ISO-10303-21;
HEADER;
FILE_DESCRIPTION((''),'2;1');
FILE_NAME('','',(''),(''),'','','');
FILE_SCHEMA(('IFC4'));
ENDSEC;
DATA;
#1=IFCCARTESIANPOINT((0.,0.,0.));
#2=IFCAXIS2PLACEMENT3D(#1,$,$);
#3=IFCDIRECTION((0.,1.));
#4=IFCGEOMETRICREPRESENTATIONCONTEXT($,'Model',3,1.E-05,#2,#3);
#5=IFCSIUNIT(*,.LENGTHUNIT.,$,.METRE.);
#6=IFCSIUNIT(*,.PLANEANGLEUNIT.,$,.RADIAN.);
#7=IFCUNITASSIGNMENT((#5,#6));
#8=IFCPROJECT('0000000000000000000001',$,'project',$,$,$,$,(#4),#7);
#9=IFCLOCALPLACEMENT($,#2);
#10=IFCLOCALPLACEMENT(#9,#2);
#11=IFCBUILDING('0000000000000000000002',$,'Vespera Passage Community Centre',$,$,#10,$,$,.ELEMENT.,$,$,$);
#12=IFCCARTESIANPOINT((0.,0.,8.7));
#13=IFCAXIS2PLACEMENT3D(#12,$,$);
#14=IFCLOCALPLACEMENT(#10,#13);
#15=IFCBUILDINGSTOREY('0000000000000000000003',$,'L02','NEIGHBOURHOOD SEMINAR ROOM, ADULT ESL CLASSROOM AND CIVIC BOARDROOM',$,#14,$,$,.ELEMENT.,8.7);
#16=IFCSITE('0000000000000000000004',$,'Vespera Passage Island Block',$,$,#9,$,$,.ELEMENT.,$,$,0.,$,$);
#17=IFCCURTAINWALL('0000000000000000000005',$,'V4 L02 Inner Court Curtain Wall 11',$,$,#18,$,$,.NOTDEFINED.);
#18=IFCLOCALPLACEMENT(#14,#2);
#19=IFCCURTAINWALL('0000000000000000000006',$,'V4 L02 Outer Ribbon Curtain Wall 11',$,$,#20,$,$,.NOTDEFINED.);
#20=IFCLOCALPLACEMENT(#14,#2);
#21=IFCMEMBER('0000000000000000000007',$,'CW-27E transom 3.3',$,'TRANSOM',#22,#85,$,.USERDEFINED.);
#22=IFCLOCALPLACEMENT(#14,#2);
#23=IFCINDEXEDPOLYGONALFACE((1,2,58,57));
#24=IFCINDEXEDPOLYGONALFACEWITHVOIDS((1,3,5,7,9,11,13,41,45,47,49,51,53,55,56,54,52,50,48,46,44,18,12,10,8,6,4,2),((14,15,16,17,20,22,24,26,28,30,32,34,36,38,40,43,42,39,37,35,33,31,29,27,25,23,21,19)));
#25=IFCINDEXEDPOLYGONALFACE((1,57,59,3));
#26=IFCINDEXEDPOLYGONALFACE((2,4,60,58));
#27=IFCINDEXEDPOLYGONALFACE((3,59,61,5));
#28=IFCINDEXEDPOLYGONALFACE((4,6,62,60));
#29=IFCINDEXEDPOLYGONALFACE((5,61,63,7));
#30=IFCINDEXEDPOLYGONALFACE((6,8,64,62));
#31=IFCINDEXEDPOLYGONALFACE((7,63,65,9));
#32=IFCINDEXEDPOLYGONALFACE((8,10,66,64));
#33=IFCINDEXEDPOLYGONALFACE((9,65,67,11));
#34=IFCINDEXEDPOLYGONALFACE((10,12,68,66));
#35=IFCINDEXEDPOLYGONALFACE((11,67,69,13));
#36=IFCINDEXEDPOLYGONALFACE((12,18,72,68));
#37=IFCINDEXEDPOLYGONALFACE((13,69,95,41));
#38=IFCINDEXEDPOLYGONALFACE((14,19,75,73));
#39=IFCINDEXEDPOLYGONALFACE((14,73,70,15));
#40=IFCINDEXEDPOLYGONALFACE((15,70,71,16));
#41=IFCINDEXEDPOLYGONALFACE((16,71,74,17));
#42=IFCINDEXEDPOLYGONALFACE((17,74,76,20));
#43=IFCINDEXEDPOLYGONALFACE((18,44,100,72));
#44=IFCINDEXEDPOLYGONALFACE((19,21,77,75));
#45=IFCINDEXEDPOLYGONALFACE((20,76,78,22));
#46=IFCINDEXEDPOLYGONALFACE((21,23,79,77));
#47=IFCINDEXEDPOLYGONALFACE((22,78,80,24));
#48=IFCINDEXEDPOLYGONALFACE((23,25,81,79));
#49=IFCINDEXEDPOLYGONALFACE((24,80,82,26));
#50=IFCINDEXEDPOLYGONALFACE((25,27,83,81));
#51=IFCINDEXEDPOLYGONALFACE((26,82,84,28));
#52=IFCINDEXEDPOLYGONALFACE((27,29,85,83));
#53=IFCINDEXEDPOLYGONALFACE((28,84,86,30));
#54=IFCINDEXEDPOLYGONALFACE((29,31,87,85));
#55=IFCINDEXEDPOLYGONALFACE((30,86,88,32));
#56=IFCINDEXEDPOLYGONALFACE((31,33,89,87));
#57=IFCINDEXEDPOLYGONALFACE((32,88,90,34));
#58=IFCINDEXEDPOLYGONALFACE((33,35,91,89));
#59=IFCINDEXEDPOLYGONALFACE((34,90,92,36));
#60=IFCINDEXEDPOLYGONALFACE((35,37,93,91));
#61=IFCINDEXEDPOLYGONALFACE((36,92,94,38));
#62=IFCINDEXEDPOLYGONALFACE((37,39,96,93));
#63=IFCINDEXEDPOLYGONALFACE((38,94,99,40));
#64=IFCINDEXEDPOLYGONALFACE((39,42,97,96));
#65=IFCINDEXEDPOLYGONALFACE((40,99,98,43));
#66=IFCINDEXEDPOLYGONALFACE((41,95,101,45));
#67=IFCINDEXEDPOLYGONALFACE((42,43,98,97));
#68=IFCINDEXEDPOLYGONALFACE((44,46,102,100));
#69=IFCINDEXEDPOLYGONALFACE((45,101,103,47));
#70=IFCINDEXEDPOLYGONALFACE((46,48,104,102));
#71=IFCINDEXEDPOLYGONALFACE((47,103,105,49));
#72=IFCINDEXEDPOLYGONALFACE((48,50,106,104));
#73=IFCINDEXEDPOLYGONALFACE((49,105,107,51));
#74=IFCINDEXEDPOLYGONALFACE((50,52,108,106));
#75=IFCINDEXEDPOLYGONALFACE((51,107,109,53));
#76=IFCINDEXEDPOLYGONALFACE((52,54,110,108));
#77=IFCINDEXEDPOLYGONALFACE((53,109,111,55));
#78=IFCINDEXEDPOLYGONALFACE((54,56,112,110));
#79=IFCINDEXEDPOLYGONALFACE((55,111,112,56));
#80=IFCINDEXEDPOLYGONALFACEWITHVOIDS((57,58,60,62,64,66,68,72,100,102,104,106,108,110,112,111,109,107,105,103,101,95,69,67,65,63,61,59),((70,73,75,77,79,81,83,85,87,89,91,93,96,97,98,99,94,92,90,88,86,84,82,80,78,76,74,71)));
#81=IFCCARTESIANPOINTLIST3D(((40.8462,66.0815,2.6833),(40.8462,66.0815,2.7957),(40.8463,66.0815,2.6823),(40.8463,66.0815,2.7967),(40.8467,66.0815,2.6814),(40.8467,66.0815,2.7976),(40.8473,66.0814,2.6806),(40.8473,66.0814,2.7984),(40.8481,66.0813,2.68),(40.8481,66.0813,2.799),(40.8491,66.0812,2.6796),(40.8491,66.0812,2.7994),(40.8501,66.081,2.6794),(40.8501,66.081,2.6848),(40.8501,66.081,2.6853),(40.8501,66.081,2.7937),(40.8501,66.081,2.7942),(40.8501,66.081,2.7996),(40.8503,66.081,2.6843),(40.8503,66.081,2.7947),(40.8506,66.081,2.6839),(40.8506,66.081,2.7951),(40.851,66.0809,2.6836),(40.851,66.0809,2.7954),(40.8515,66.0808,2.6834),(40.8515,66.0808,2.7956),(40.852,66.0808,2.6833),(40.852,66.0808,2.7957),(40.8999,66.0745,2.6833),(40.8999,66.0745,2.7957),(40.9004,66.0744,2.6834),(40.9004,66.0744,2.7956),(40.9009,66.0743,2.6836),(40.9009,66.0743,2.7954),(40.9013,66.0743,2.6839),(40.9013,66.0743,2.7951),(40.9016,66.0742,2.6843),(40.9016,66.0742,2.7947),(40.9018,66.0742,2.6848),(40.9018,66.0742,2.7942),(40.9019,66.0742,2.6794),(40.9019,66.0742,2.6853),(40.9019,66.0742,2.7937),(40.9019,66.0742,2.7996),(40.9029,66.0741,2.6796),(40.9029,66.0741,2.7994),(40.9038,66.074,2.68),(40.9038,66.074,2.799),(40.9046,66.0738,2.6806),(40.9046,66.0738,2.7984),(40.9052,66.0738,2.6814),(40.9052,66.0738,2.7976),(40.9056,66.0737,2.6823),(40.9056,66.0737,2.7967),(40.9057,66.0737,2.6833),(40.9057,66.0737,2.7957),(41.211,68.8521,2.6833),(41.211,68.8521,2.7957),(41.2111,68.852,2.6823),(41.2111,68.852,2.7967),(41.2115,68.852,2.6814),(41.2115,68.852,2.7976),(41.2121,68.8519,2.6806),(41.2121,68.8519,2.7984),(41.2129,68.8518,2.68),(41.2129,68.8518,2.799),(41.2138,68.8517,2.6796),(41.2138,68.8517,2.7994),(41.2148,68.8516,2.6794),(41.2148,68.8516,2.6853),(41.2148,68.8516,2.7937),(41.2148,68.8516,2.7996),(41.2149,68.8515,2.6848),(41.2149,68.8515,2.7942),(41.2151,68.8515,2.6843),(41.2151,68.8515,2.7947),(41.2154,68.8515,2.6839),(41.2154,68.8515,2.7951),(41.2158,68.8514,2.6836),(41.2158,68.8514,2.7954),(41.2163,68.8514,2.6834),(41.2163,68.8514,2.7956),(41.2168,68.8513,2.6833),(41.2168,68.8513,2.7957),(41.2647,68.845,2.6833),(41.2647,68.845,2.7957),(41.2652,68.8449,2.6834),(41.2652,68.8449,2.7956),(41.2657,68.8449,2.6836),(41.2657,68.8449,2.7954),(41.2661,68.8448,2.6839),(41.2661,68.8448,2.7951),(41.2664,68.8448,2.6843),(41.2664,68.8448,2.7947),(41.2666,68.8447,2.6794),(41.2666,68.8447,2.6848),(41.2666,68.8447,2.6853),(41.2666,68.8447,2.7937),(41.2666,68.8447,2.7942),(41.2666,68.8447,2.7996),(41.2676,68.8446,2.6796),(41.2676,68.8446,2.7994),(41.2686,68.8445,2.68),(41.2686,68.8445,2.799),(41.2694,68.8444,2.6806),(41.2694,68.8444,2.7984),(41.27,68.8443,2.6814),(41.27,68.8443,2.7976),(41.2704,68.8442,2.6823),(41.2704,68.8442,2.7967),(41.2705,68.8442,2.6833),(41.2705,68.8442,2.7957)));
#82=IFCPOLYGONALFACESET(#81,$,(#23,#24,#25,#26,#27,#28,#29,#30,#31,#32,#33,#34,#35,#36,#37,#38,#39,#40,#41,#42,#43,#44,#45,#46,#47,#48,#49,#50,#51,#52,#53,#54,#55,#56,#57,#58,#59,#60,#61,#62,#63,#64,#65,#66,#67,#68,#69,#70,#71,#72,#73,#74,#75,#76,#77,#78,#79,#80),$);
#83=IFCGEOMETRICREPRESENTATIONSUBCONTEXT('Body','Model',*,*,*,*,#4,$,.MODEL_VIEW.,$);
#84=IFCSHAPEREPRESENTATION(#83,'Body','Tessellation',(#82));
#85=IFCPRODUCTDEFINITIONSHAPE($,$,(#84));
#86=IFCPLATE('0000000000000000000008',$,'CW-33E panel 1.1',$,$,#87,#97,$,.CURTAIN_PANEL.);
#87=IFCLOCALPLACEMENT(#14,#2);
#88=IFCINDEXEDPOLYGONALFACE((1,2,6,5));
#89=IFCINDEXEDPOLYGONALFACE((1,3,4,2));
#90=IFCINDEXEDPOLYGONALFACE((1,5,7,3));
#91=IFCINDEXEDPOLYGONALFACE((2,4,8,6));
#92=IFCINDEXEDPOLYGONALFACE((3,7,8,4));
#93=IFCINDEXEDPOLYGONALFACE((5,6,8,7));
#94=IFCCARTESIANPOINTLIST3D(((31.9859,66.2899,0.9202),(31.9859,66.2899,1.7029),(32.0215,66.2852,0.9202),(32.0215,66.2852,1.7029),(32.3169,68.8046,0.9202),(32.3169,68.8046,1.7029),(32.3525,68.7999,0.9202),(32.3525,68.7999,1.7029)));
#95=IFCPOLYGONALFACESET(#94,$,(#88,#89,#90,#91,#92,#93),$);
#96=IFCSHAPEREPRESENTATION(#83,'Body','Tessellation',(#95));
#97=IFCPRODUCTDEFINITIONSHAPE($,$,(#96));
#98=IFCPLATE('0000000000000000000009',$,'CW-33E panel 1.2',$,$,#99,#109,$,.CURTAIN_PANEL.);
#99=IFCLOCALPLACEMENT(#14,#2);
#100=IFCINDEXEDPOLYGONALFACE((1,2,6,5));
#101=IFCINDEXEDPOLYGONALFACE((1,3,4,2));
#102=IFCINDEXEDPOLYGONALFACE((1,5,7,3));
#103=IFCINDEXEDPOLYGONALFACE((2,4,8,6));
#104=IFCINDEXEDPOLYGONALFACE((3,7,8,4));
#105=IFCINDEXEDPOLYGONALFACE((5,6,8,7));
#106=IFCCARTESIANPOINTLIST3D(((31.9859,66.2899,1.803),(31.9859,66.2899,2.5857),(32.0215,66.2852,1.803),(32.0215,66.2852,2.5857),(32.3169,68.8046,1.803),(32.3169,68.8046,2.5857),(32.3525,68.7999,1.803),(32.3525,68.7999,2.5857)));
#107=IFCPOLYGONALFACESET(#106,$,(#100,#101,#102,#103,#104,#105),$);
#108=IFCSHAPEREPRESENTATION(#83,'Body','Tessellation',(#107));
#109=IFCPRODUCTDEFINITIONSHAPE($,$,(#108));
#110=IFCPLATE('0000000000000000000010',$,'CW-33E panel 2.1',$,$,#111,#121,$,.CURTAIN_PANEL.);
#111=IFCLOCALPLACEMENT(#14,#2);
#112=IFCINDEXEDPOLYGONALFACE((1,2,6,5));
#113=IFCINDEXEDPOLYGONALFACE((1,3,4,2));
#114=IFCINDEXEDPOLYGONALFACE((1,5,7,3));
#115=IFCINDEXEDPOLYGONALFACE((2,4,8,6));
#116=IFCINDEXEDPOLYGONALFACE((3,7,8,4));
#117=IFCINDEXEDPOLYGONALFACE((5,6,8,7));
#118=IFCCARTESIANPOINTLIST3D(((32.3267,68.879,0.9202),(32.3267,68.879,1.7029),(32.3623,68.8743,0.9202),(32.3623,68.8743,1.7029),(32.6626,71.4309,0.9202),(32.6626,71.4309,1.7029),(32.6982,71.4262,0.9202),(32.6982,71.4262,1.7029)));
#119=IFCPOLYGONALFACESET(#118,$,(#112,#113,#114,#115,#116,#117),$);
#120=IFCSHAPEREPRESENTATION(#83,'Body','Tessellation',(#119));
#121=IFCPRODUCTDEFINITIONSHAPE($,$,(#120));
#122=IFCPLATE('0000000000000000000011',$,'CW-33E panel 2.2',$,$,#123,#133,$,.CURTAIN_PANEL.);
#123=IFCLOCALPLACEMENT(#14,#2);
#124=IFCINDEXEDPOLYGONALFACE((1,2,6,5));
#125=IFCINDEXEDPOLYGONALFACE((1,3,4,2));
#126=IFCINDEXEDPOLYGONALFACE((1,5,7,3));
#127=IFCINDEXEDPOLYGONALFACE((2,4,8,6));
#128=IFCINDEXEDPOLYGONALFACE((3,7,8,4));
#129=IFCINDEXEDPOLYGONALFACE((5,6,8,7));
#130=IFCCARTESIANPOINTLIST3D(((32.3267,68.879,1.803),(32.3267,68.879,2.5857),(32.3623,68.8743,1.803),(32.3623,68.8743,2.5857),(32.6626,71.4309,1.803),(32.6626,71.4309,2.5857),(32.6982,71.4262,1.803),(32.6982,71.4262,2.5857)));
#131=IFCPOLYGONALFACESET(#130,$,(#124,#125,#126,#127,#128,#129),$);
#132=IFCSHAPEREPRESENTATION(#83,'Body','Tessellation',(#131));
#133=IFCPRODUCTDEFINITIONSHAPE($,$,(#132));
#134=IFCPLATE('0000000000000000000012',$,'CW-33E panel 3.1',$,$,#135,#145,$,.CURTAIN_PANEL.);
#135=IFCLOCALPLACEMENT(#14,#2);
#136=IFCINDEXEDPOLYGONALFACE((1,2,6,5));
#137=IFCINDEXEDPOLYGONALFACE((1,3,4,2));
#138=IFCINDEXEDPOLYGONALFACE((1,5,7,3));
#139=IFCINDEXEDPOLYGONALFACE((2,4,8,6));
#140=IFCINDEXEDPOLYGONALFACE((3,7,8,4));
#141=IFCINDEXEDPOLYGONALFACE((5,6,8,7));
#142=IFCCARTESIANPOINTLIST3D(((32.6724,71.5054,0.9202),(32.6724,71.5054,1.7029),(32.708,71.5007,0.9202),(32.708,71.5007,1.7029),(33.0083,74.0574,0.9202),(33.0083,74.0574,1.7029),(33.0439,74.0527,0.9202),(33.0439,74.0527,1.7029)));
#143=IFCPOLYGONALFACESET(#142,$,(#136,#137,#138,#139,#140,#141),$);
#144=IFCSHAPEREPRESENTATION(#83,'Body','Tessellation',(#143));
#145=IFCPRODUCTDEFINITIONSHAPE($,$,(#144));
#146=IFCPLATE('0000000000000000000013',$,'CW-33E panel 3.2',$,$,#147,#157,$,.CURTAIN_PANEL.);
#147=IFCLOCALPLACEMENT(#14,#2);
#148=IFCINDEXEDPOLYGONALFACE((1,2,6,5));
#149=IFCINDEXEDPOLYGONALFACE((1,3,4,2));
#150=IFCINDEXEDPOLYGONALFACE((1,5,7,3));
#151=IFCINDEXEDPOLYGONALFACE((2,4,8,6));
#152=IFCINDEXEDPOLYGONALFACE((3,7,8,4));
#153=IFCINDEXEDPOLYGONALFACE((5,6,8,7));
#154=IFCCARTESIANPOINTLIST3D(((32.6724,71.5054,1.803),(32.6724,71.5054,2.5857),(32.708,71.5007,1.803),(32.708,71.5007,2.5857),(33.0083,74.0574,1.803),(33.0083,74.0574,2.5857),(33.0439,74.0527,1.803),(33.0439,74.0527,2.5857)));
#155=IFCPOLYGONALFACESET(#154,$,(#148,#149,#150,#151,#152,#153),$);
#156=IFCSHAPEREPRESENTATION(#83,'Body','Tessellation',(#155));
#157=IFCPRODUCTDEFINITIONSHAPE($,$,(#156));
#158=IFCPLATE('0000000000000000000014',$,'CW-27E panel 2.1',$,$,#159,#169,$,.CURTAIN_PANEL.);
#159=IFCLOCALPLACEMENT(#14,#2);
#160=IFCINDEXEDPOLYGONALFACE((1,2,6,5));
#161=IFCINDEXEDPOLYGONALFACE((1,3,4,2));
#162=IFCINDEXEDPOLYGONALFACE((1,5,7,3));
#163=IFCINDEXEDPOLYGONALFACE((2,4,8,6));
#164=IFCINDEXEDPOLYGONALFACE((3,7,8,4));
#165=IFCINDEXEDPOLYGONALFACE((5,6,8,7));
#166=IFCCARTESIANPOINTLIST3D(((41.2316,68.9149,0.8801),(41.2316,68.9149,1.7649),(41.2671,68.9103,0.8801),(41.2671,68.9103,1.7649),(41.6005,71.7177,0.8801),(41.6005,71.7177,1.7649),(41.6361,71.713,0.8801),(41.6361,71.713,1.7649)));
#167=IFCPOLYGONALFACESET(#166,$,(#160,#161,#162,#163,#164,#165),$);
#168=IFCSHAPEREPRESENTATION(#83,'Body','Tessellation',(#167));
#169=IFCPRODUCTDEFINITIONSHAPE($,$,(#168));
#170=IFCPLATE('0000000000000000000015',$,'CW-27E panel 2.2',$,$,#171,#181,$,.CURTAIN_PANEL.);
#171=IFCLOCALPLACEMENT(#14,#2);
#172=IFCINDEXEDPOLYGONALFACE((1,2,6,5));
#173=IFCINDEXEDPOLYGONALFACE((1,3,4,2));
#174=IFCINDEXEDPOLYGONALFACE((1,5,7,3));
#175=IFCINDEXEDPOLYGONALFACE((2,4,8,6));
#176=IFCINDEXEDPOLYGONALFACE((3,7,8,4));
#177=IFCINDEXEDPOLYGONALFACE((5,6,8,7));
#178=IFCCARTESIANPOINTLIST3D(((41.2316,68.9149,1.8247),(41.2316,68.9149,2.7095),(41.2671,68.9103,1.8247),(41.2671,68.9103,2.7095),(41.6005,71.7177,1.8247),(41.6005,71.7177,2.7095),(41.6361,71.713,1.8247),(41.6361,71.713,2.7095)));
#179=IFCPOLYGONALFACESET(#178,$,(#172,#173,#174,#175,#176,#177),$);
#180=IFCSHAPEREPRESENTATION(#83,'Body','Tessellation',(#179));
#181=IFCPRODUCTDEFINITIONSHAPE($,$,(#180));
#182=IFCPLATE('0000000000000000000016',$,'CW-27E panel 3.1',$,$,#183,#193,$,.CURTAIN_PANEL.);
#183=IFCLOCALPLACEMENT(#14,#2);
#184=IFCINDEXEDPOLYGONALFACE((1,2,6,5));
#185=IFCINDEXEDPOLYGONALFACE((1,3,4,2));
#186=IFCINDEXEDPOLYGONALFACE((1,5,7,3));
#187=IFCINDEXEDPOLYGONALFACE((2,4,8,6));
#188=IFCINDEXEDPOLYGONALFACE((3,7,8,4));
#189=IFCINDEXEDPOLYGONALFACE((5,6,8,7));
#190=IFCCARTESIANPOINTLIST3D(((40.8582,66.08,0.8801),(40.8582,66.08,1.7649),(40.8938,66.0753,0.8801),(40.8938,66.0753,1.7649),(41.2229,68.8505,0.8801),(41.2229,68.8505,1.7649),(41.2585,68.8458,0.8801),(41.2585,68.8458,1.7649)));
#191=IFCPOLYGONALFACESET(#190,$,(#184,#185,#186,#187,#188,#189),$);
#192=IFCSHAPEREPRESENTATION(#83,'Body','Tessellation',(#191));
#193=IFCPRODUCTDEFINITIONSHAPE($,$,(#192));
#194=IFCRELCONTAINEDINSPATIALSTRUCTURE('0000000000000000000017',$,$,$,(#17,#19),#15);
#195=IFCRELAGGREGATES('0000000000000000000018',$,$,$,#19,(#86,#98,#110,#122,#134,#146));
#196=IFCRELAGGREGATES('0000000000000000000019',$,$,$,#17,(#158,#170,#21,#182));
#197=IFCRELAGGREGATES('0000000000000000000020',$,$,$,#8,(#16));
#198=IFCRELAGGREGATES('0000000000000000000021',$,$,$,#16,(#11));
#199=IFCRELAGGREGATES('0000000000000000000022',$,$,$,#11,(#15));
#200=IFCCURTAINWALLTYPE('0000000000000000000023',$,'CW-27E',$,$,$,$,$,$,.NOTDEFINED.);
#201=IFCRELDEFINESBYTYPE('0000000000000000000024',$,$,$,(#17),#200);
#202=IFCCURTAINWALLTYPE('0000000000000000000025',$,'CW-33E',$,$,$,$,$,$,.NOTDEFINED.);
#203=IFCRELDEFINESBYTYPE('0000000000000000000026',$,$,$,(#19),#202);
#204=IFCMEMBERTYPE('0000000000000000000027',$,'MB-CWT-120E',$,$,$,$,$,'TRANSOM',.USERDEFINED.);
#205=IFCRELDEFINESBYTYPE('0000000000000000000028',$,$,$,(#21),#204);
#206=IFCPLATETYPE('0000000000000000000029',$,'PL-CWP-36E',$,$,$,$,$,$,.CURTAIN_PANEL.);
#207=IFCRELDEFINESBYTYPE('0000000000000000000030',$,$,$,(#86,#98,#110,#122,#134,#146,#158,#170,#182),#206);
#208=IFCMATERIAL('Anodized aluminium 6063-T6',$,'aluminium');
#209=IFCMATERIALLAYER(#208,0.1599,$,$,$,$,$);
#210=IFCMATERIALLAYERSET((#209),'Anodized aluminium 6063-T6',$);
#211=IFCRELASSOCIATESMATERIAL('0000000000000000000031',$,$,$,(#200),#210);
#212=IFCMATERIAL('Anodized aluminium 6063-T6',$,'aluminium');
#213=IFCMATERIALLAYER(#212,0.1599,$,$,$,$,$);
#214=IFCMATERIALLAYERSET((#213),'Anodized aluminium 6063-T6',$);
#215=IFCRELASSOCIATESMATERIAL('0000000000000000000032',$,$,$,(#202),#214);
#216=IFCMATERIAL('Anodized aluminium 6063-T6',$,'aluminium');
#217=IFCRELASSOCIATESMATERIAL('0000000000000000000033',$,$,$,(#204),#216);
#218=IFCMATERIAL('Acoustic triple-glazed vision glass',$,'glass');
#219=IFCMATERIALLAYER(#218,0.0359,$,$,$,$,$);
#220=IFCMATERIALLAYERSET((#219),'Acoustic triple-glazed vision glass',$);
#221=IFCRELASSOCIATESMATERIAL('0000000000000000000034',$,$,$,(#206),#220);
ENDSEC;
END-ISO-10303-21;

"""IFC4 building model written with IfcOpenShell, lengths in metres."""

from ifc_helpers import new_model, si_unit, direction, frame, origin, origin_2d, place, context, subcontext, project, spatial, rectangle, hollow_rectangle, extrude, material, layer, layer_set, material_profile, profile_set, type_object, element, aggregate, save


model = new_model("IFC4")

# Units and contexts
model_context = context("Model", 3, precision=1e-05, world=origin(), true_north=direction((0.0, 1.0)))
body_context = subcontext(model_context, "Body", "Model", "MODEL_VIEW")
ifc_project = project(units=[si_unit("LENGTHUNIT", "METRE"), si_unit("PLANEANGLEUNIT", "RADIAN")], contexts=[model_context])

# Site, building, storey
site_placement = place(None, origin())
site = spatial("IfcSite", under=ifc_project, at=site_placement, Name="Vespera Passage Island Block", CompositionType="ELEMENT", RefElevation=0.0)
building_placement = place(site_placement, origin())
building = spatial("IfcBuilding", under=site, at=building_placement, Name="Vespera Passage Community Centre", CompositionType="ELEMENT")
storey_placement = place(building_placement, frame((0.0, 0.0, 8.7)))
storey = spatial("IfcBuildingStorey", under=building, at=storey_placement, Name="L02", Description="NEIGHBOURHOOD SEMINAR ROOM, ADULT ESL CLASSROOM AND CIVIC BOARDROOM", CompositionType="ELEMENT", Elevation=8.7)

# Curtain walls
ifc_material_1 = material(Name="Anodized aluminium 6063-T6", Category="aluminium")
ifc_layer_1 = layer(ifc_material_1, 0.1599)
ifc_layer_set_1 = layer_set([ifc_layer_1], Name="Anodized aluminium 6063-T6")
curtain_wall_type_1 = type_object("IfcCurtainWallType", Name="CW-27E", PredefinedType="NOTDEFINED", material=ifc_layer_set_1)
curtain_wall_1_placement = place(storey_placement, origin())
curtain_wall_1 = element("IfcCurtainWall", 1, at=curtain_wall_1_placement, inside=storey, type_object=curtain_wall_type_1, Name="V4 L02 Inner Court Curtain Wall 11", PredefinedType="NOTDEFINED")
ifc_material_2 = material(Name="Anodized aluminium 6063-T6", Category="aluminium")
ifc_layer_2 = layer(ifc_material_2, 0.1599)
ifc_layer_set_2 = layer_set([ifc_layer_2], Name="Anodized aluminium 6063-T6")
curtain_wall_type_2 = type_object("IfcCurtainWallType", Name="CW-33E", PredefinedType="NOTDEFINED", material=ifc_layer_set_2)
curtain_wall_2_placement = place(storey_placement, origin())
curtain_wall_2 = element("IfcCurtainWall", 2, at=curtain_wall_2_placement, inside=storey, type_object=curtain_wall_type_2, Name="V4 L02 Outer Ribbon Curtain Wall 11", PredefinedType="NOTDEFINED")

# Member
ifc_material_3 = material(Name="Anodized aluminium 6063-T6", Category="aluminium")
ifc_material_profile_1 = material_profile(ifc_material_3, hollow_rectangle(XDim=0.0601, YDim=0.1201, WallThickness=0.0039, InnerFilletRadius=0.002, OuterFilletRadius=0.0039, at=origin_2d()), Name="ALU120X60X4")
ifc_profile_set_1 = profile_set([ifc_material_profile_1], Name="Anodized aluminium 6063-T6")
member_type_1 = type_object("IfcMemberType", Name="MB-CWT-120E", ElementType="TRANSOM", PredefinedType="USERDEFINED", material=ifc_profile_set_1)
member_1_placement = place(storey_placement, frame((41.2407, 68.8481, 2.7395), z_axis=(-0.130527, -0.991445, 0.0), x_axis=(0.991445, -0.130527, 0.0)))
member_1 = element("IfcMember", 3, at=member_1_placement, type_object=member_type_1, Name="CW-27E transom 3.3", ObjectType="TRANSOM", PredefinedType="USERDEFINED", context=body_context, shape_type="SweptSolid", body=[
    extrude(hollow_rectangle(XDim=0.0601, YDim=0.1201, WallThickness=0.0039, InnerFilletRadius=0.002, OuterFilletRadius=0.0039, at=origin_2d()), origin(), (0.0, 0.0, 1.0), 2.7944),
])

# Plates
ifc_material_4 = material(Name="Acoustic triple-glazed vision glass", Category="glass")
ifc_layer_3 = layer(ifc_material_4, 0.0359)
ifc_layer_set_3 = layer_set([ifc_layer_3], Name="Acoustic triple-glazed vision glass")
plate_type = type_object("IfcPlateType", Name="PL-CWP-36E", PredefinedType="CURTAIN_PANEL", material=ifc_layer_set_3)
plate_1_placement = place(storey_placement, frame((32.1692, 67.5449, 0.9202), z_axis=(0.0, 0.0, 1.0), x_axis=(0.130523, 0.991445, 0.0)))
plate_1 = element("IfcPlate", 4, at=plate_1_placement, type_object=plate_type, Name="CW-33E panel 1.1", PredefinedType="CURTAIN_PANEL", context=body_context, shape_type="SweptSolid", body=[
    extrude(rectangle(XDim=2.5364, YDim=0.0359, at=origin_2d()), origin(), (0.0, 0.0, 1.0), 0.7827),
])
plate_2_placement = place(storey_placement, frame((32.1692, 67.5449, 1.803), z_axis=(0.0, 0.0, 1.0), x_axis=(0.130523, 0.991445, 0.0)))
plate_2 = element("IfcPlate", 5, at=plate_2_placement, type_object=plate_type, Name="CW-33E panel 1.2", PredefinedType="CURTAIN_PANEL", context=body_context, shape_type="SweptSolid", body=[
    extrude(rectangle(XDim=2.5364, YDim=0.0359, at=origin_2d()), origin(), (0.0, 0.0, 1.0), 0.7827),
])
plate_3_placement = place(storey_placement, frame((32.5125, 70.1526, 0.9202), z_axis=(0.0, 0.0, 1.0), x_axis=(0.130523, 0.991445, 0.0)))
plate_3 = element("IfcPlate", 6, at=plate_3_placement, type_object=plate_type, Name="CW-33E panel 2.1", PredefinedType="CURTAIN_PANEL", context=body_context, shape_type="SweptSolid", body=[
    extrude(rectangle(XDim=2.574, YDim=0.0359, at=origin_2d()), origin(), (0.0, 0.0, 1.0), 0.7827),
])
plate_4_placement = place(storey_placement, frame((32.5125, 70.1526, 1.803), z_axis=(0.0, 0.0, 1.0), x_axis=(0.130523, 0.991445, 0.0)))
plate_4 = element("IfcPlate", 7, at=plate_4_placement, type_object=plate_type, Name="CW-33E panel 2.2", PredefinedType="CURTAIN_PANEL", context=body_context, shape_type="SweptSolid", body=[
    extrude(rectangle(XDim=2.574, YDim=0.0359, at=origin_2d()), origin(), (0.0, 0.0, 1.0), 0.7827),
])
plate_5_placement = place(storey_placement, frame((32.8582, 72.7791, 0.9202), z_axis=(0.0, 0.0, 1.0), x_axis=(0.130523, 0.991445, 0.0)))
plate_5 = element("IfcPlate", 8, at=plate_5_placement, type_object=plate_type, Name="CW-33E panel 3.1", PredefinedType="CURTAIN_PANEL", context=body_context, shape_type="SweptSolid", body=[
    extrude(rectangle(XDim=2.574, YDim=0.0359, at=origin_2d()), origin(), (0.0, 0.0, 1.0), 0.7827),
])
plate_6_placement = place(storey_placement, frame((32.8582, 72.7791, 1.803), z_axis=(0.0, 0.0, 1.0), x_axis=(0.130523, 0.991445, 0.0)))
plate_6 = element("IfcPlate", 9, at=plate_6_placement, type_object=plate_type, Name="CW-33E panel 3.2", PredefinedType="CURTAIN_PANEL", context=body_context, shape_type="SweptSolid", body=[
    extrude(rectangle(XDim=2.574, YDim=0.0359, at=origin_2d()), origin(), (0.0, 0.0, 1.0), 0.7827),
])
aggregate(curtain_wall_2, [plate_1, plate_2, plate_3, plate_4, plate_5, plate_6])
plate_7_placement = place(storey_placement, frame((41.4338, 70.314, 0.8801), z_axis=(0.0, 0.0, 1.0), x_axis=(-0.130522, -0.991445, 0.0)))
plate_7 = element("IfcPlate", 10, at=plate_7_placement, type_object=plate_type, Name="CW-27E panel 2.1", PredefinedType="CURTAIN_PANEL", context=body_context, shape_type="SweptSolid", body=[
    extrude(rectangle(XDim=2.8269, YDim=0.0359, at=origin_2d()), origin(), (0.0, 0.0, 1.0), 0.8848),
])
plate_8_placement = place(storey_placement, frame((41.4338, 70.314, 1.8247), z_axis=(0.0, 0.0, 1.0), x_axis=(-0.130522, -0.991445, 0.0)))
plate_8 = element("IfcPlate", 11, at=plate_8_placement, type_object=plate_type, Name="CW-27E panel 2.2", PredefinedType="CURTAIN_PANEL", context=body_context, shape_type="SweptSolid", body=[
    extrude(rectangle(XDim=2.8269, YDim=0.0359, at=origin_2d()), origin(), (0.0, 0.0, 1.0), 0.8848),
])
plate_9_placement = place(storey_placement, frame((41.0583, 67.4629, 0.8801), z_axis=(0.0, 0.0, 1.0), x_axis=(-0.130522, -0.991445, 0.0)))
plate_9 = element("IfcPlate", 12, at=plate_9_placement, type_object=plate_type, Name="CW-27E panel 3.1", PredefinedType="CURTAIN_PANEL", context=body_context, shape_type="SweptSolid", body=[
    extrude(rectangle(XDim=2.7944, YDim=0.0359, at=origin_2d()), origin(), (0.0, 0.0, 1.0), 0.8848),
])
aggregate(curtain_wall_1, [plate_7, plate_8, member_1, plate_9])

save(model, "model.ifc")
